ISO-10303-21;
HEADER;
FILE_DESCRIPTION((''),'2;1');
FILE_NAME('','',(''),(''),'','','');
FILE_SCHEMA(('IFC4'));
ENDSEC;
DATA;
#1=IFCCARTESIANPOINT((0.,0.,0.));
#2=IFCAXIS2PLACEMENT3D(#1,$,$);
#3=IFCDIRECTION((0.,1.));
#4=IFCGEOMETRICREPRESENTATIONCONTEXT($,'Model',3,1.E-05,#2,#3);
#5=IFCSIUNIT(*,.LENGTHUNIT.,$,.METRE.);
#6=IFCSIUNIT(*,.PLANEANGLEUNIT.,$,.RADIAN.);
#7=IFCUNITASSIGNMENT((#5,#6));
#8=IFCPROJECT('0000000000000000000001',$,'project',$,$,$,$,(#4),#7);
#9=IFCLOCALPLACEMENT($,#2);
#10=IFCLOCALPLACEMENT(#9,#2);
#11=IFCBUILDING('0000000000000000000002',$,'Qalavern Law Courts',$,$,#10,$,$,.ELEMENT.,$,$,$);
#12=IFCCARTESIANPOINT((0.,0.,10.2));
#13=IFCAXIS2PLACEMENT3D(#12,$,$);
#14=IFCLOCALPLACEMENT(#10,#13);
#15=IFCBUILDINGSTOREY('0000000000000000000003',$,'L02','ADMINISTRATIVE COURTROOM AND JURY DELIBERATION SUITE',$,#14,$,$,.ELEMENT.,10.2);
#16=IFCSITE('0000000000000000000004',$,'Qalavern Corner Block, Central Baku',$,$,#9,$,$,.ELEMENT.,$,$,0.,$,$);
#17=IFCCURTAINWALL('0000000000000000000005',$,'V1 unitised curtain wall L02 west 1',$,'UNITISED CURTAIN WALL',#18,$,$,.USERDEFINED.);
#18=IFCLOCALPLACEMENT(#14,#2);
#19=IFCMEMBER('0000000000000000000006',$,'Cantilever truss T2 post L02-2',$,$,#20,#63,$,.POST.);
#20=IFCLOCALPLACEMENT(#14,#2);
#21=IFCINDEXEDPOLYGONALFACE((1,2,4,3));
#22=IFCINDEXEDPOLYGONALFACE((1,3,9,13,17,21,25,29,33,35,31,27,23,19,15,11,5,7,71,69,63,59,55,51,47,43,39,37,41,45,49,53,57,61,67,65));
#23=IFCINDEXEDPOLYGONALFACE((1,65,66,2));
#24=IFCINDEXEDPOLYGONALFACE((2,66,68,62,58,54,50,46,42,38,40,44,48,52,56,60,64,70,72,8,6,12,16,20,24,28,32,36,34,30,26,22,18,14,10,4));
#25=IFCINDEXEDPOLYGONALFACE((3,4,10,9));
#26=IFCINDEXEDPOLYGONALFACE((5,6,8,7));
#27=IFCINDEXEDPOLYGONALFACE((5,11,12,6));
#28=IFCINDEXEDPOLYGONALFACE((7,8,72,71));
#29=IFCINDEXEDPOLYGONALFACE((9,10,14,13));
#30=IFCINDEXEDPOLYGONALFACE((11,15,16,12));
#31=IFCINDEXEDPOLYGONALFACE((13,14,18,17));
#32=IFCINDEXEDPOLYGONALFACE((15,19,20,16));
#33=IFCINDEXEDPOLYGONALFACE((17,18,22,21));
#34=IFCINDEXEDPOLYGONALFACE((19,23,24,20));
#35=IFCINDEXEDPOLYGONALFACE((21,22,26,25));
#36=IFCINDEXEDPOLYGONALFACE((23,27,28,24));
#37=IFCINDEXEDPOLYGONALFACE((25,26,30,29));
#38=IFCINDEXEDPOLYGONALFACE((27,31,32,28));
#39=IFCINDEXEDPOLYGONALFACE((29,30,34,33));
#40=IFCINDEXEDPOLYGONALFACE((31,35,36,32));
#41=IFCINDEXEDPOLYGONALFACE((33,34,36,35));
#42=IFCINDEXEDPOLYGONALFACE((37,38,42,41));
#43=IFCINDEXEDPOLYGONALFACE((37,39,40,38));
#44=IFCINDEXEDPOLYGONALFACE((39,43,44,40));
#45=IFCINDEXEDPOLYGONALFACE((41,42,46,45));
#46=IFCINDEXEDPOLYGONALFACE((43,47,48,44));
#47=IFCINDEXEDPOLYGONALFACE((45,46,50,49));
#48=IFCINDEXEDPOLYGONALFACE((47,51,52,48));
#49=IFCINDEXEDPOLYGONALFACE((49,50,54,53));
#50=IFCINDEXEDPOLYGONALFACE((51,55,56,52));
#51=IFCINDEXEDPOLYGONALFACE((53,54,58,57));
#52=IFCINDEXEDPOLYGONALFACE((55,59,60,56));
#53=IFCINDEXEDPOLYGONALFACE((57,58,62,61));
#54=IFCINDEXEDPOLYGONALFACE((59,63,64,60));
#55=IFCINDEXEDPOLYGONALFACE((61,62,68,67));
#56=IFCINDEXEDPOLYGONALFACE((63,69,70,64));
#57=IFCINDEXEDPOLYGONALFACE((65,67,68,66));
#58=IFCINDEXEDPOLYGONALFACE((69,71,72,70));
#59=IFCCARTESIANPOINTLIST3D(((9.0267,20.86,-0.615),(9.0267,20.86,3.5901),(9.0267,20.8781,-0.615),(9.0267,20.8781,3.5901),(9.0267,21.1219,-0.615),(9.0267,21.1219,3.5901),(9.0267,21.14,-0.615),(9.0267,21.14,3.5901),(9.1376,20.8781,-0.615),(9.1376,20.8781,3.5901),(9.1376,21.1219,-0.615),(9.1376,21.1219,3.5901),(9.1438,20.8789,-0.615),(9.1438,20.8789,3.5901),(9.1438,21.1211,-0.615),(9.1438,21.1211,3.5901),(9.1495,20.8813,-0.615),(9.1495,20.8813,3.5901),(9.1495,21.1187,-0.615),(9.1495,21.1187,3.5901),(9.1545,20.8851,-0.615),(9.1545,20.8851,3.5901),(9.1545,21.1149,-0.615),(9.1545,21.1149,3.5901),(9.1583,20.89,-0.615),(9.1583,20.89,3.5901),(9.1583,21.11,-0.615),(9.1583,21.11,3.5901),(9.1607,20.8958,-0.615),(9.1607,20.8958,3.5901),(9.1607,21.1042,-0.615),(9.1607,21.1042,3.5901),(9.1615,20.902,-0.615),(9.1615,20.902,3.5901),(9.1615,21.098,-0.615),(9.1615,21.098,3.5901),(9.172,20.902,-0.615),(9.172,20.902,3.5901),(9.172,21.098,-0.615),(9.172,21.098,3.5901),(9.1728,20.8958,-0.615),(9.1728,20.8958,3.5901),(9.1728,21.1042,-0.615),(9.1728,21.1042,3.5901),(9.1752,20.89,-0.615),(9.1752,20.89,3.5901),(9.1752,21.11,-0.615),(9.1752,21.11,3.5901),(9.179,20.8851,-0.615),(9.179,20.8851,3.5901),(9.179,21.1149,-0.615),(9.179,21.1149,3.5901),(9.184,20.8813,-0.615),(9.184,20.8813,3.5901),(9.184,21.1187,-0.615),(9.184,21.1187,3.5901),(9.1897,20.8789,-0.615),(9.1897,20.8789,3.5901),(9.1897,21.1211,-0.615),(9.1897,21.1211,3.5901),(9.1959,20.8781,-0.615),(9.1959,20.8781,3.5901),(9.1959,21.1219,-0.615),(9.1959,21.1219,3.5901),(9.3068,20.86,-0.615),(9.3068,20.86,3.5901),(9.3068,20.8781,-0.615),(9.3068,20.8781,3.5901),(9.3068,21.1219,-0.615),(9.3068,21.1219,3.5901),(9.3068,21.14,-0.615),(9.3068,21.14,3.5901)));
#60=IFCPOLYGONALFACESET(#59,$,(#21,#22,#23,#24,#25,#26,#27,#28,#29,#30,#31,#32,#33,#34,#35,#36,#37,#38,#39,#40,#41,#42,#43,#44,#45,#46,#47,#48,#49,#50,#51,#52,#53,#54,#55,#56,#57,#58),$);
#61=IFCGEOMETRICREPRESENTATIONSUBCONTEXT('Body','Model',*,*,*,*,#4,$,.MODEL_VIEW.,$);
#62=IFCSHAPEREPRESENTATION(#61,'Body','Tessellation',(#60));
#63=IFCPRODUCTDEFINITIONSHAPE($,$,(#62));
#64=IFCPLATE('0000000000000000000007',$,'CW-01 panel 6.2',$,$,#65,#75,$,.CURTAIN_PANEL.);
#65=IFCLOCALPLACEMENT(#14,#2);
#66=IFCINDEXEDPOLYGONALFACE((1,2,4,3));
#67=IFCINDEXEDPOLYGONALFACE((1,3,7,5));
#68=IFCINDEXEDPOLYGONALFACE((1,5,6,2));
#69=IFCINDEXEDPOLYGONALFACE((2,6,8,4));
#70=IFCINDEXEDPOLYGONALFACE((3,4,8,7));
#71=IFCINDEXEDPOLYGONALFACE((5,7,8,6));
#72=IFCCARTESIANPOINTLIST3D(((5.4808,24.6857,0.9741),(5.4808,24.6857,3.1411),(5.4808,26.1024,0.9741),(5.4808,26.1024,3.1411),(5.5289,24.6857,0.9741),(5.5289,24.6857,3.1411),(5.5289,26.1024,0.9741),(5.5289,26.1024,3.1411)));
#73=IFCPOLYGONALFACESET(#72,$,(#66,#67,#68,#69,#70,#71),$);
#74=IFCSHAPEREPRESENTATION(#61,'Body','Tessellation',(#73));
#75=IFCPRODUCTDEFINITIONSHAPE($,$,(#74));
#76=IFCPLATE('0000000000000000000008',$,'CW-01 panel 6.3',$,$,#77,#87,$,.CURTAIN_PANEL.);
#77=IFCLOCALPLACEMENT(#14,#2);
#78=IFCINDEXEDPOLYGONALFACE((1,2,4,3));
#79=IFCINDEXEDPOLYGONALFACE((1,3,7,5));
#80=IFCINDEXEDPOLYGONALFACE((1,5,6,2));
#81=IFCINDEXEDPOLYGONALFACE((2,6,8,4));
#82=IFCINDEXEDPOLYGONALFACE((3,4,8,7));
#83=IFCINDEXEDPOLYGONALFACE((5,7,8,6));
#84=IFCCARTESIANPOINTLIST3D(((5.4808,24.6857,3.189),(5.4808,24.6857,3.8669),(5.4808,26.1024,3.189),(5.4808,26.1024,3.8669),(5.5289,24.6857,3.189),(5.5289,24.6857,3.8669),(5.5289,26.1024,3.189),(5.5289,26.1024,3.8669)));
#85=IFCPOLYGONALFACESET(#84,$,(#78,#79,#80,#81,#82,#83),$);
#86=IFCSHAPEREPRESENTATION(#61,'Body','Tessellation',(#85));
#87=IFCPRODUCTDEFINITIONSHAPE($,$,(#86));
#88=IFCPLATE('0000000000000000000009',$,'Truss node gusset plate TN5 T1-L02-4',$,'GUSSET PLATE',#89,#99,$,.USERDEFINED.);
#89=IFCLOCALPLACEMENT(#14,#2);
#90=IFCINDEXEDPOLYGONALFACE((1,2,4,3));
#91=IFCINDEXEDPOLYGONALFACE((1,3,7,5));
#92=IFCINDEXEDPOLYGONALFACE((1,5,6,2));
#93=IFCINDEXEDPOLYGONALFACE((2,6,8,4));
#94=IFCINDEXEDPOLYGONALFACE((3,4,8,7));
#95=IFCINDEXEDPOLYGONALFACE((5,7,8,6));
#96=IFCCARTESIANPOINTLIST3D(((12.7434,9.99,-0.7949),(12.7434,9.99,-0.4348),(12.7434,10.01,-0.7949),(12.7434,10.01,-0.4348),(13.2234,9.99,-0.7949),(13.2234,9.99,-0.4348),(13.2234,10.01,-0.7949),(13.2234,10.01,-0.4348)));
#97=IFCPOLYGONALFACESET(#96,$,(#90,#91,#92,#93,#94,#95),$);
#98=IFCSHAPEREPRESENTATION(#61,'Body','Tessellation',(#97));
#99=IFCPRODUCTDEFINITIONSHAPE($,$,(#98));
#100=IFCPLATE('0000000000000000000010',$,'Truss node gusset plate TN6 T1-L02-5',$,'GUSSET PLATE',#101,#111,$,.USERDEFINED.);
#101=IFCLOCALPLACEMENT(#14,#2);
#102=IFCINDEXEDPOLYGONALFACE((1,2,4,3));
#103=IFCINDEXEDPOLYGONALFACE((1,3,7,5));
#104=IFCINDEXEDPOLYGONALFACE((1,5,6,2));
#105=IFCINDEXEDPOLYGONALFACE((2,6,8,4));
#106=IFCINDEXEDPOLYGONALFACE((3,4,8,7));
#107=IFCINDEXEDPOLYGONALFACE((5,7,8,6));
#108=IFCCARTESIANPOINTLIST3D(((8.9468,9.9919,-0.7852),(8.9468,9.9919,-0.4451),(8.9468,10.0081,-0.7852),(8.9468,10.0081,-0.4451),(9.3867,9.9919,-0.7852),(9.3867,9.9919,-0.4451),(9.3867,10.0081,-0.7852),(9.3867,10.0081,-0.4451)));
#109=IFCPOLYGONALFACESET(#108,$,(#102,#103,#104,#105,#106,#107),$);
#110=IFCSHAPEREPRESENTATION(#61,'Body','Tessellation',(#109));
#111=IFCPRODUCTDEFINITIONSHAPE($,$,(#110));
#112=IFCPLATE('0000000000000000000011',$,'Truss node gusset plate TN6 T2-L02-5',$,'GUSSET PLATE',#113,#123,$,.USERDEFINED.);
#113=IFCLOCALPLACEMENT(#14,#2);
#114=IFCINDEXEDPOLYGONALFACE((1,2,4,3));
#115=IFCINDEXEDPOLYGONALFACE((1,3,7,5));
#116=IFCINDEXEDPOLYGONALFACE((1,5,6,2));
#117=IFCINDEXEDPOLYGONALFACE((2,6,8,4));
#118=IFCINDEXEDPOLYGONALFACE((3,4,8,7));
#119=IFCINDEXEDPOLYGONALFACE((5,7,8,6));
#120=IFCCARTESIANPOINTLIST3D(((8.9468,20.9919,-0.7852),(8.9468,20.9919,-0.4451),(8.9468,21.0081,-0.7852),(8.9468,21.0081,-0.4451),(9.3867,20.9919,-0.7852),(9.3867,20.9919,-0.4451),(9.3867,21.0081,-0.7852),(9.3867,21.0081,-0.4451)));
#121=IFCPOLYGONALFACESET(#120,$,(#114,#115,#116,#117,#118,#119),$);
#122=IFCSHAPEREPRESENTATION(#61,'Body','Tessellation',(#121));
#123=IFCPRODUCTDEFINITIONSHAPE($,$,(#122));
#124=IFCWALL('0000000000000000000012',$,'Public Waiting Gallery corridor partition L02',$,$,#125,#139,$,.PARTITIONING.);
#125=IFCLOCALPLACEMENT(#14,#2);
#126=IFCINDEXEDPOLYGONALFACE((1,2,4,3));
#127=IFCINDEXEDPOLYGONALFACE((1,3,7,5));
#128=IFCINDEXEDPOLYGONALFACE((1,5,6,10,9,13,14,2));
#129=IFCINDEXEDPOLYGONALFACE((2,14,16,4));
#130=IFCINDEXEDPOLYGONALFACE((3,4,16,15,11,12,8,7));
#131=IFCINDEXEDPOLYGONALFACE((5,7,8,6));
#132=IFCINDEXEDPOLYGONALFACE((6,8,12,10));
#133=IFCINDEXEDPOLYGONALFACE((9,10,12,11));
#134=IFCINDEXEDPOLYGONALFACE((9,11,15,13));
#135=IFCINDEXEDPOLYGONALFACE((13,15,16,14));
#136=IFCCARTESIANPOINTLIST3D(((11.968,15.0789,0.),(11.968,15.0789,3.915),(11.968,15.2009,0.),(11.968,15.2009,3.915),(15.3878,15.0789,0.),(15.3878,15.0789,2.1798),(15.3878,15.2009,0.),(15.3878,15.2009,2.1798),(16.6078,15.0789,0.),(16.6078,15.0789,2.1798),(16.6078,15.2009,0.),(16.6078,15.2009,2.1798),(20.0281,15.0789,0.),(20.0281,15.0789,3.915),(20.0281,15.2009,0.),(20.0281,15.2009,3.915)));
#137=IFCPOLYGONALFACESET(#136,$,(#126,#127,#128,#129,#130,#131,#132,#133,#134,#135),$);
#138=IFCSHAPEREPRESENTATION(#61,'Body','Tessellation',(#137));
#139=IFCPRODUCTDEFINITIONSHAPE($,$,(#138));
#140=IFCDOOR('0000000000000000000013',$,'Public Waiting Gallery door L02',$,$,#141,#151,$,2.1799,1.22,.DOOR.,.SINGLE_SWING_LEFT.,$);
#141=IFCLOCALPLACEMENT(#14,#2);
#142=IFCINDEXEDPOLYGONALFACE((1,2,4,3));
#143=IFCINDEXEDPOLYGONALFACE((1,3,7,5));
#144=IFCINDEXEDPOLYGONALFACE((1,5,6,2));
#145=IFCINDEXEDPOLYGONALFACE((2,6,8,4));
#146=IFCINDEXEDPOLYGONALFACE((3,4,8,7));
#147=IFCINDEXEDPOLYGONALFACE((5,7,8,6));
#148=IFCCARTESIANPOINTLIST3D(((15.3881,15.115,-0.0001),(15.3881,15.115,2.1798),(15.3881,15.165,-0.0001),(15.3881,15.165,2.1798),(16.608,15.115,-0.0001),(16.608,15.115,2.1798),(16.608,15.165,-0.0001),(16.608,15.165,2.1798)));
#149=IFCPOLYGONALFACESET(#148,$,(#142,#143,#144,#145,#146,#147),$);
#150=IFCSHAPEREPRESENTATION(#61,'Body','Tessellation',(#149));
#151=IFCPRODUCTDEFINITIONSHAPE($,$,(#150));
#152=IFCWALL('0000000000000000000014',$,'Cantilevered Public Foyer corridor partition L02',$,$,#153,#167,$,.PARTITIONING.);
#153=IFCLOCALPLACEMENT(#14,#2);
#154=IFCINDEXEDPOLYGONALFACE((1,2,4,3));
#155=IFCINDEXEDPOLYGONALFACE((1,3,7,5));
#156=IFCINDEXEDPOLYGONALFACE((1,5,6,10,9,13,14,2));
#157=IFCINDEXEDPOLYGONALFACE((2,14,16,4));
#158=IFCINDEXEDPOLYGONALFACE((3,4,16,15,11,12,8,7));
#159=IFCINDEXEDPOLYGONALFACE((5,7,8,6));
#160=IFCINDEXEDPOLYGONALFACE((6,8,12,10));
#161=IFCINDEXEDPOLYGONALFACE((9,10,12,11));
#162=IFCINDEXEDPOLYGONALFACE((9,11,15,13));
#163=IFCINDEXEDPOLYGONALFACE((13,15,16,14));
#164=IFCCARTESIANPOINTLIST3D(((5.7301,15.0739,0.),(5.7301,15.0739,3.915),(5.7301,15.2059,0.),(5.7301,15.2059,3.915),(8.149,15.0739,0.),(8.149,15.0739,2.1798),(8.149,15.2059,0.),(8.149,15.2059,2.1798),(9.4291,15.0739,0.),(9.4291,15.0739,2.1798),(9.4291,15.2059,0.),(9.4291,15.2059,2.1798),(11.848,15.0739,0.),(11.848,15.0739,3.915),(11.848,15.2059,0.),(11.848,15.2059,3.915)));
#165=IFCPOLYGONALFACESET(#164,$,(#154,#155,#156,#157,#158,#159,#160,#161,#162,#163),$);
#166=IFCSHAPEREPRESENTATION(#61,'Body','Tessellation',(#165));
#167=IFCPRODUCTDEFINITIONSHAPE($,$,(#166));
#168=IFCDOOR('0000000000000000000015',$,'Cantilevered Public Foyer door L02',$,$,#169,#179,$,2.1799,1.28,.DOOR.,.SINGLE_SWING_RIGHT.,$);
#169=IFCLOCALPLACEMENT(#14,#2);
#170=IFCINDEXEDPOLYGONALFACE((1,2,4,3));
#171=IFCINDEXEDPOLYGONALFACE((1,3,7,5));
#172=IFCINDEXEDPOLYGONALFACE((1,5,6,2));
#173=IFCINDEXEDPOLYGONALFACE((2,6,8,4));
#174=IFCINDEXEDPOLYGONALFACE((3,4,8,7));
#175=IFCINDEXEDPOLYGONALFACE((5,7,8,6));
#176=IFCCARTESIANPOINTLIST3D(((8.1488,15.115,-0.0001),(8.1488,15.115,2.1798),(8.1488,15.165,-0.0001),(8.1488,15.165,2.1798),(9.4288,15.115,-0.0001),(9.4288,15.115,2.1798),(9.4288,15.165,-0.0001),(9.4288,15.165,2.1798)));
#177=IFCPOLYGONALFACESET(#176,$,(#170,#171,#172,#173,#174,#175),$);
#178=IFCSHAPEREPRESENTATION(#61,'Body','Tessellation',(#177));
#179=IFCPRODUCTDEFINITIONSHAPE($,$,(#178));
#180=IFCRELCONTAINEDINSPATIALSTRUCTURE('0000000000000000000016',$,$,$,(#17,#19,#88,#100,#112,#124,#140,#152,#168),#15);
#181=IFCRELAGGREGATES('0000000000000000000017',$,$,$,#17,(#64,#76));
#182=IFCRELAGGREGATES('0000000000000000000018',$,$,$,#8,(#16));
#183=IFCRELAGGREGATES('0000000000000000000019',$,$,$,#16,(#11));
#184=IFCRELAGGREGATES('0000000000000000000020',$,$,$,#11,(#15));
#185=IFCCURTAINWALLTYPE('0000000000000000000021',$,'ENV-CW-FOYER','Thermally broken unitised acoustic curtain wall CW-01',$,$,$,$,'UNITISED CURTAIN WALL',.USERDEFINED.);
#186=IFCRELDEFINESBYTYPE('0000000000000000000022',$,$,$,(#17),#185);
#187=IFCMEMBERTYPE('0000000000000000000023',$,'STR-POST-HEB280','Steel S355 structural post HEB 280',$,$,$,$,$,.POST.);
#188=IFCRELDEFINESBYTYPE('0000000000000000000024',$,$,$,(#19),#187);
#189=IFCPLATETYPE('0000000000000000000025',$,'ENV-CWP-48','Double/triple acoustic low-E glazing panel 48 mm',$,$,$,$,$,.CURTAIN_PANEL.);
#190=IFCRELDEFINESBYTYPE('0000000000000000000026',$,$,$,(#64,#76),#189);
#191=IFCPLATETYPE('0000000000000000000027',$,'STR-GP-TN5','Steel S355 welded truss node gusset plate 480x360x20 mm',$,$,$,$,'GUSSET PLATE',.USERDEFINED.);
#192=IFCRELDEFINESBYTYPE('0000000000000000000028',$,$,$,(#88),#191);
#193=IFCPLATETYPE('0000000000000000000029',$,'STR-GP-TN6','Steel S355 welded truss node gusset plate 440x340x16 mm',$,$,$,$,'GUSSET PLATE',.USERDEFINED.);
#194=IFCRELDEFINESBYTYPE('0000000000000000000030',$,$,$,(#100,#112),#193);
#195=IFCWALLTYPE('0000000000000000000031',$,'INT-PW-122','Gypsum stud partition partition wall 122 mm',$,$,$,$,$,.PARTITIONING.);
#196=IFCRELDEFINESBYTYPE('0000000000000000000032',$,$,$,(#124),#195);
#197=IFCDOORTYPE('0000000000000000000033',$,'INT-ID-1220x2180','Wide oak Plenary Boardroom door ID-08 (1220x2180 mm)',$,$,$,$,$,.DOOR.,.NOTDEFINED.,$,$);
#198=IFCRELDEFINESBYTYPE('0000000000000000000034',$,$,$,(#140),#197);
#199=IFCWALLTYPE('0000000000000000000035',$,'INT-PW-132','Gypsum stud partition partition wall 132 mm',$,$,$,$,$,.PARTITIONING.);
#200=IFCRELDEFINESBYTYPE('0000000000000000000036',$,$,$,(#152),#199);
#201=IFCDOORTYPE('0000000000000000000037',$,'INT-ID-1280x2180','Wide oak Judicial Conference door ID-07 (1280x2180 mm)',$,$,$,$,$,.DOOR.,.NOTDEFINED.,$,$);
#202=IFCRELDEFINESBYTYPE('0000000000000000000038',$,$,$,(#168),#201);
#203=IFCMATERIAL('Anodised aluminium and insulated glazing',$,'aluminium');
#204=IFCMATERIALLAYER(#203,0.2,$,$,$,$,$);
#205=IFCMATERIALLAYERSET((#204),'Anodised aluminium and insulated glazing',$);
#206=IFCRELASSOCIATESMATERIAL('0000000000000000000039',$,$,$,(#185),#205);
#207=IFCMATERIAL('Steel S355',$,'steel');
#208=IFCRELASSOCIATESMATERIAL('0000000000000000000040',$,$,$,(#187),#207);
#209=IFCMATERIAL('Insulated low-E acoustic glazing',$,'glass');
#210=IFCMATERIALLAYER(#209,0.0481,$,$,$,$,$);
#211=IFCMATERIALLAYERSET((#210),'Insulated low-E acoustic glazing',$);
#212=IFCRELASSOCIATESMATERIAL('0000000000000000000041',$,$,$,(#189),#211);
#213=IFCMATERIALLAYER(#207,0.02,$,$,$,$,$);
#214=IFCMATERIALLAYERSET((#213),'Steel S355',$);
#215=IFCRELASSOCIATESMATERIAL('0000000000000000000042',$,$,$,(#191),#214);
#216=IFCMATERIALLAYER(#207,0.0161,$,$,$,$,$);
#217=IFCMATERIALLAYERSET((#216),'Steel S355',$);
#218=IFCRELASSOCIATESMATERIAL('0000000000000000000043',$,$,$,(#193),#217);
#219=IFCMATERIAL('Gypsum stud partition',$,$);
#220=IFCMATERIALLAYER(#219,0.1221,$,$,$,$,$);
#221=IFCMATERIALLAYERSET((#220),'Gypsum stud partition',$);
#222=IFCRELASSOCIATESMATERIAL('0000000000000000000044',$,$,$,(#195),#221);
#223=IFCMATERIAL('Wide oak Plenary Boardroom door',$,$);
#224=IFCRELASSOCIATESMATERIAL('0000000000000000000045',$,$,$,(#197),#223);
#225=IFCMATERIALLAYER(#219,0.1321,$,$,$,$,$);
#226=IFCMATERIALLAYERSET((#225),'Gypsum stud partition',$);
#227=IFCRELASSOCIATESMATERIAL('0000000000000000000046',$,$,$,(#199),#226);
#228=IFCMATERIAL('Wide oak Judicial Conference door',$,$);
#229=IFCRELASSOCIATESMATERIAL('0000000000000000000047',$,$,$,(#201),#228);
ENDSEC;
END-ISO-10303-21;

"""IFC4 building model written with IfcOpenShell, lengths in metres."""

from ifc_helpers import new_model, si_unit, direction, frame, frame_2d, origin, origin_2d, place, context, subcontext, project, spatial, rectangle, i_section, extrude, material, layer, layer_set, material_profile, profile_set, type_object, element, fill, aggregate, save


model = new_model("IFC4")

# Units and contexts
model_context = context("Model", 3, precision=1e-05, world=origin(), true_north=direction((0.0, 1.0)))
body_context = subcontext(model_context, "Body", "Model", "MODEL_VIEW")
ifc_project = project(units=[si_unit("LENGTHUNIT", "METRE"), si_unit("PLANEANGLEUNIT", "RADIAN")], contexts=[model_context])

# Site, building, storey
site_placement = place(None, origin())
site = spatial("IfcSite", under=ifc_project, at=site_placement, Name="Qalavern Corner Block, Central Baku", CompositionType="ELEMENT", RefElevation=0.0)
building_placement = place(site_placement, origin())
building = spatial("IfcBuilding", under=site, at=building_placement, Name="Qalavern Law Courts", CompositionType="ELEMENT")
storey_placement = place(building_placement, frame((0.0, 0.0, 10.2)))
storey = spatial("IfcBuildingStorey", under=building, at=storey_placement, Name="L02", Description="ADMINISTRATIVE COURTROOM AND JURY DELIBERATION SUITE", CompositionType="ELEMENT", Elevation=10.2)

# Curtain wall
ifc_material_1 = material(Name="Anodised aluminium and insulated glazing", Category="aluminium")
ifc_layer_1 = layer(ifc_material_1, 0.2)
ifc_layer_set_1 = layer_set([ifc_layer_1], Name="Anodised aluminium and insulated glazing")
curtain_wall_type = type_object("IfcCurtainWallType", Name="ENV-CW-FOYER", Description="Thermally broken unitised acoustic curtain wall CW-01", ElementType="UNITISED CURTAIN WALL", PredefinedType="USERDEFINED", material=ifc_layer_set_1)
curtain_wall_placement = place(storey_placement, origin())
curtain_wall = element("IfcCurtainWall", 1, at=curtain_wall_placement, inside=storey, type_object=curtain_wall_type, Name="V1 unitised curtain wall L02 west 1", ObjectType="UNITISED CURTAIN WALL", PredefinedType="USERDEFINED")

# Shared definitions
ifc_material_2 = material(Name="Steel S355", Category="steel")

# Member
ifc_material_profile_1 = material_profile(ifc_material_2, i_section(OverallWidth=0.28, OverallDepth=0.28, WebThickness=0.0105, FlangeThickness=0.0181, FilletRadius=0.0239, at=origin_2d()), Name="HEB 280")
ifc_profile_set_1 = profile_set([ifc_material_profile_1], Name="Steel S355")
member_type_1 = type_object("IfcMemberType", Name="STR-POST-HEB280", Description="Steel S355 structural post HEB 280", PredefinedType="POST", material=ifc_profile_set_1)
for number, where, z_axis, x_axis, name in (
    (2, (9.1667, 21.0, -0.615), (0.0, 0.0, 1.0), (1.0, 0.0, 0.0), "Cantilever truss T2 post L02-2"),
):
    element("IfcMember", number, at=place(storey_placement, frame(where, z_axis=z_axis, x_axis=x_axis)), inside=storey, type_object=member_type_1, Name=name, PredefinedType="POST", context=body_context, shape_type="SweptSolid", body=[
        extrude(i_section(OverallWidth=0.28, OverallDepth=0.28, WebThickness=0.0105, FlangeThickness=0.0181, FilletRadius=0.0239, at=origin_2d()), origin(), (0.0, 0.0, 1.0), 4.2051),
    ])

# Plates
ifc_material_3 = material(Name="Insulated low-E acoustic glazing", Category="glass")
ifc_layer_2 = layer(ifc_material_3, 0.0481)
ifc_layer_set_2 = layer_set([ifc_layer_2], Name="Insulated low-E acoustic glazing")
plate_type_1 = type_object("IfcPlateType", Name="ENV-CWP-48", Description="Double/triple acoustic low-E glazing panel 48 mm", PredefinedType="CURTAIN_PANEL", material=ifc_layer_set_2)
plate_1_placement = place(storey_placement, frame((5.5049, 25.394, 0.9741), z_axis=(0.0, 0.0, 1.0), x_axis=(0.0, -1.0, 0.0)))
plate_1 = element("IfcPlate", 3, at=plate_1_placement, type_object=plate_type_1, Name="CW-01 panel 6.2", PredefinedType="CURTAIN_PANEL", context=body_context, shape_type="SweptSolid", body=[
    extrude(rectangle(XDim=1.4167, YDim=0.0481, at=origin_2d()), origin(), (0.0, 0.0, 1.0), 2.167),
])
plate_2_placement = place(storey_placement, frame((5.5049, 25.394, 3.189), z_axis=(0.0, 0.0, 1.0), x_axis=(0.0, -1.0, 0.0)))
plate_2 = element("IfcPlate", 4, at=plate_2_placement, type_object=plate_type_1, Name="CW-01 panel 6.3", PredefinedType="CURTAIN_PANEL", context=body_context, shape_type="SweptSolid", body=[
    extrude(rectangle(XDim=1.4167, YDim=0.0481, at=origin_2d()), origin(), (0.0, 0.0, 1.0), 0.678),
])
aggregate(curtain_wall, [plate_1, plate_2])

# Plates
ifc_layer_3 = layer(ifc_material_2, 0.02)
ifc_layer_set_3 = layer_set([ifc_layer_3], Name="Steel S355")
plate_type_2 = type_object("IfcPlateType", Name="STR-GP-TN5", Description="Steel S355 welded truss node gusset plate 480x360x20 mm", ElementType="GUSSET PLATE", PredefinedType="USERDEFINED", material=ifc_layer_set_3)
plate_3_placement = place(storey_placement, frame((12.9834, 10.0, -0.7949), z_axis=(0.0, 0.0, 1.0), x_axis=(1.0, 0.0, 0.0)))
element("IfcPlate", 5, at=plate_3_placement, inside=storey, type_object=plate_type_2, Name="Truss node gusset plate TN5 T1-L02-4", ObjectType="GUSSET PLATE", PredefinedType="USERDEFINED", context=body_context, shape_type="SweptSolid", body=[
    extrude(rectangle(XDim=0.48, YDim=0.02, at=origin_2d()), origin(), (0.0, 0.0, 1.0), 0.3601),
])
ifc_layer_4 = layer(ifc_material_2, 0.0161)
ifc_layer_set_4 = layer_set([ifc_layer_4], Name="Steel S355")
plate_type_3 = type_object("IfcPlateType", Name="STR-GP-TN6", Description="Steel S355 welded truss node gusset plate 440x340x16 mm", ElementType="GUSSET PLATE", PredefinedType="USERDEFINED", material=ifc_layer_set_4)
for number, where, z_axis, x_axis, name in (
    (6, (9.1667, 10.0, -0.7852), (0.0, 0.0, 1.0), (1.0, 0.0, 0.0), "Truss node gusset plate TN6 T1-L02-5"),
    (7, (9.1667, 21.0, -0.7852), (0.0, 0.0, 1.0), (1.0, 0.0, 0.0), "Truss node gusset plate TN6 T2-L02-5"),
):
    element("IfcPlate", number, at=place(storey_placement, frame(where, z_axis=z_axis, x_axis=x_axis)), inside=storey, type_object=plate_type_3, Name=name, ObjectType="GUSSET PLATE", PredefinedType="USERDEFINED", context=body_context, shape_type="SweptSolid", body=[
        extrude(rectangle(XDim=0.4399, YDim=0.0161, at=origin_2d()), origin(), (0.0, 0.0, 1.0), 0.3401),
    ])

# Walls, openings, doors
ifc_material_4 = material(Name="Gypsum stud partition")
ifc_layer_5 = layer(ifc_material_4, 0.1221)
ifc_layer_set_5 = layer_set([ifc_layer_5], Name="Gypsum stud partition")
wall_type_1 = type_object("IfcWallType", Name="INT-PW-122", Description="Gypsum stud partition partition wall 122 mm", PredefinedType="PARTITIONING", material=ifc_layer_set_5)
wall_1_placement = place(storey_placement, frame((11.968, 15.1399, 0.0), z_axis=(0.0, 0.0, 1.0), x_axis=(1.0, 0.0, 0.0)))
wall_1 = element("IfcWall", 8, at=wall_1_placement, inside=storey, type_object=wall_type_1, Name="Public Waiting Gallery corridor partition L02", PredefinedType="PARTITIONING", context=body_context, shape_type="SweptSolid", body=[
    extrude(rectangle(XDim=8.0601, YDim=0.1221, at=frame_2d((4.03, 0.0))), origin(), (0.0, 0.0, 1.0), 3.915),
])
opening_1_placement = place(wall_1_placement, frame((3.4199, 0.0, 0.0)))
opening_1 = element("IfcOpeningElement", 9, at=opening_1_placement, cuts=wall_1, PredefinedType="OPENING", context=body_context, shape_type="SweptSolid", body=[
    extrude(rectangle(XDim=1.22, YDim=2.1799, at=frame_2d((0.6099, 1.0898))), frame((0.0, 0.0759, 0.0), z_axis=(0.0, -1.0, 0.0), x_axis=(1.0, 0.0, 0.0)), (0.0, 0.0, 1.0), 0.1519),
])
ifc_material_5 = material(Name="Wide oak Plenary Boardroom door")
door_type_1 = type_object("IfcDoorType", Name="INT-ID-1220x2180", Description="Wide oak Plenary Boardroom door ID-08 (1220x2180 mm)", OperationType="NOTDEFINED", PredefinedType="DOOR", material=ifc_material_5)
door_1_placement = place(opening_1_placement, frame((1.22, 0.0, 0.0), z_axis=(0.0, 0.0, 1.0), x_axis=(-1.0, 0.0, 0.0)))
door_1 = element("IfcDoor", 10, at=door_1_placement, inside=storey, type_object=door_type_1, Name="Public Waiting Gallery door L02", OperationType="SINGLE_SWING_LEFT", OverallHeight=2.1799, OverallWidth=1.22, PredefinedType="DOOR", context=body_context, shape_type="SweptSolid", body=[
    extrude(rectangle(XDim=1.22, YDim=2.1799, at=frame_2d((0.6099, 1.0898))), frame((0.0, 0.0249, 0.0), z_axis=(0.0, -1.0, 0.0), x_axis=(1.0, 0.0, 0.0)), (0.0, 0.0, 1.0), 0.05),
])
fill(opening_1, door_1)
ifc_layer_6 = layer(ifc_material_4, 0.1321)
ifc_layer_set_6 = layer_set([ifc_layer_6], Name="Gypsum stud partition")
wall_type_2 = type_object("IfcWallType", Name="INT-PW-132", Description="Gypsum stud partition partition wall 132 mm", PredefinedType="PARTITIONING", material=ifc_layer_set_6)
wall_2_placement = place(storey_placement, frame((5.73, 15.1399, 0.0), z_axis=(0.0, 0.0, 1.0), x_axis=(1.0, 0.0, 0.0)))
wall_2 = element("IfcWall", 11, at=wall_2_placement, inside=storey, type_object=wall_type_2, Name="Cantilevered Public Foyer corridor partition L02", PredefinedType="PARTITIONING", context=body_context, shape_type="SweptSolid", body=[
    extrude(rectangle(XDim=6.1179, YDim=0.1321, at=frame_2d((3.0591, 0.0))), origin(), (0.0, 0.0, 1.0), 3.915),
])
opening_2_placement = place(wall_2_placement, frame((2.4189, 0.0, 0.0)))
opening_2 = element("IfcOpeningElement", 12, at=opening_2_placement, cuts=wall_2, PredefinedType="OPENING", context=body_context, shape_type="SweptSolid", body=[
    extrude(rectangle(XDim=1.28, YDim=2.1799, at=frame_2d((0.6401, 1.0898))), frame((0.0, 0.0811, 0.0), z_axis=(0.0, -1.0, 0.0), x_axis=(1.0, 0.0, 0.0)), (0.0, 0.0, 1.0), 0.1619),
])
ifc_material_6 = material(Name="Wide oak Judicial Conference door")
door_type_2 = type_object("IfcDoorType", Name="INT-ID-1280x2180", Description="Wide oak Judicial Conference door ID-07 (1280x2180 mm)", OperationType="NOTDEFINED", PredefinedType="DOOR", material=ifc_material_6)
door_2_placement = place(opening_2_placement, frame((1.28, 0.0, 0.0), z_axis=(0.0, 0.0, 1.0), x_axis=(-1.0, 0.0, 0.0)))
door_2 = element("IfcDoor", 13, at=door_2_placement, inside=storey, type_object=door_type_2, Name="Cantilevered Public Foyer door L02", OperationType="SINGLE_SWING_RIGHT", OverallHeight=2.1799, OverallWidth=1.28, PredefinedType="DOOR", context=body_context, shape_type="SweptSolid", body=[
    extrude(rectangle(XDim=1.28, YDim=2.1799, at=frame_2d((0.6401, 1.0898))), frame((0.0, 0.0249, 0.0), z_axis=(0.0, -1.0, 0.0), x_axis=(1.0, 0.0, 0.0)), (0.0, 0.0, 1.0), 0.05),
])
fill(opening_2, door_2)

save(model, "model.ifc")
